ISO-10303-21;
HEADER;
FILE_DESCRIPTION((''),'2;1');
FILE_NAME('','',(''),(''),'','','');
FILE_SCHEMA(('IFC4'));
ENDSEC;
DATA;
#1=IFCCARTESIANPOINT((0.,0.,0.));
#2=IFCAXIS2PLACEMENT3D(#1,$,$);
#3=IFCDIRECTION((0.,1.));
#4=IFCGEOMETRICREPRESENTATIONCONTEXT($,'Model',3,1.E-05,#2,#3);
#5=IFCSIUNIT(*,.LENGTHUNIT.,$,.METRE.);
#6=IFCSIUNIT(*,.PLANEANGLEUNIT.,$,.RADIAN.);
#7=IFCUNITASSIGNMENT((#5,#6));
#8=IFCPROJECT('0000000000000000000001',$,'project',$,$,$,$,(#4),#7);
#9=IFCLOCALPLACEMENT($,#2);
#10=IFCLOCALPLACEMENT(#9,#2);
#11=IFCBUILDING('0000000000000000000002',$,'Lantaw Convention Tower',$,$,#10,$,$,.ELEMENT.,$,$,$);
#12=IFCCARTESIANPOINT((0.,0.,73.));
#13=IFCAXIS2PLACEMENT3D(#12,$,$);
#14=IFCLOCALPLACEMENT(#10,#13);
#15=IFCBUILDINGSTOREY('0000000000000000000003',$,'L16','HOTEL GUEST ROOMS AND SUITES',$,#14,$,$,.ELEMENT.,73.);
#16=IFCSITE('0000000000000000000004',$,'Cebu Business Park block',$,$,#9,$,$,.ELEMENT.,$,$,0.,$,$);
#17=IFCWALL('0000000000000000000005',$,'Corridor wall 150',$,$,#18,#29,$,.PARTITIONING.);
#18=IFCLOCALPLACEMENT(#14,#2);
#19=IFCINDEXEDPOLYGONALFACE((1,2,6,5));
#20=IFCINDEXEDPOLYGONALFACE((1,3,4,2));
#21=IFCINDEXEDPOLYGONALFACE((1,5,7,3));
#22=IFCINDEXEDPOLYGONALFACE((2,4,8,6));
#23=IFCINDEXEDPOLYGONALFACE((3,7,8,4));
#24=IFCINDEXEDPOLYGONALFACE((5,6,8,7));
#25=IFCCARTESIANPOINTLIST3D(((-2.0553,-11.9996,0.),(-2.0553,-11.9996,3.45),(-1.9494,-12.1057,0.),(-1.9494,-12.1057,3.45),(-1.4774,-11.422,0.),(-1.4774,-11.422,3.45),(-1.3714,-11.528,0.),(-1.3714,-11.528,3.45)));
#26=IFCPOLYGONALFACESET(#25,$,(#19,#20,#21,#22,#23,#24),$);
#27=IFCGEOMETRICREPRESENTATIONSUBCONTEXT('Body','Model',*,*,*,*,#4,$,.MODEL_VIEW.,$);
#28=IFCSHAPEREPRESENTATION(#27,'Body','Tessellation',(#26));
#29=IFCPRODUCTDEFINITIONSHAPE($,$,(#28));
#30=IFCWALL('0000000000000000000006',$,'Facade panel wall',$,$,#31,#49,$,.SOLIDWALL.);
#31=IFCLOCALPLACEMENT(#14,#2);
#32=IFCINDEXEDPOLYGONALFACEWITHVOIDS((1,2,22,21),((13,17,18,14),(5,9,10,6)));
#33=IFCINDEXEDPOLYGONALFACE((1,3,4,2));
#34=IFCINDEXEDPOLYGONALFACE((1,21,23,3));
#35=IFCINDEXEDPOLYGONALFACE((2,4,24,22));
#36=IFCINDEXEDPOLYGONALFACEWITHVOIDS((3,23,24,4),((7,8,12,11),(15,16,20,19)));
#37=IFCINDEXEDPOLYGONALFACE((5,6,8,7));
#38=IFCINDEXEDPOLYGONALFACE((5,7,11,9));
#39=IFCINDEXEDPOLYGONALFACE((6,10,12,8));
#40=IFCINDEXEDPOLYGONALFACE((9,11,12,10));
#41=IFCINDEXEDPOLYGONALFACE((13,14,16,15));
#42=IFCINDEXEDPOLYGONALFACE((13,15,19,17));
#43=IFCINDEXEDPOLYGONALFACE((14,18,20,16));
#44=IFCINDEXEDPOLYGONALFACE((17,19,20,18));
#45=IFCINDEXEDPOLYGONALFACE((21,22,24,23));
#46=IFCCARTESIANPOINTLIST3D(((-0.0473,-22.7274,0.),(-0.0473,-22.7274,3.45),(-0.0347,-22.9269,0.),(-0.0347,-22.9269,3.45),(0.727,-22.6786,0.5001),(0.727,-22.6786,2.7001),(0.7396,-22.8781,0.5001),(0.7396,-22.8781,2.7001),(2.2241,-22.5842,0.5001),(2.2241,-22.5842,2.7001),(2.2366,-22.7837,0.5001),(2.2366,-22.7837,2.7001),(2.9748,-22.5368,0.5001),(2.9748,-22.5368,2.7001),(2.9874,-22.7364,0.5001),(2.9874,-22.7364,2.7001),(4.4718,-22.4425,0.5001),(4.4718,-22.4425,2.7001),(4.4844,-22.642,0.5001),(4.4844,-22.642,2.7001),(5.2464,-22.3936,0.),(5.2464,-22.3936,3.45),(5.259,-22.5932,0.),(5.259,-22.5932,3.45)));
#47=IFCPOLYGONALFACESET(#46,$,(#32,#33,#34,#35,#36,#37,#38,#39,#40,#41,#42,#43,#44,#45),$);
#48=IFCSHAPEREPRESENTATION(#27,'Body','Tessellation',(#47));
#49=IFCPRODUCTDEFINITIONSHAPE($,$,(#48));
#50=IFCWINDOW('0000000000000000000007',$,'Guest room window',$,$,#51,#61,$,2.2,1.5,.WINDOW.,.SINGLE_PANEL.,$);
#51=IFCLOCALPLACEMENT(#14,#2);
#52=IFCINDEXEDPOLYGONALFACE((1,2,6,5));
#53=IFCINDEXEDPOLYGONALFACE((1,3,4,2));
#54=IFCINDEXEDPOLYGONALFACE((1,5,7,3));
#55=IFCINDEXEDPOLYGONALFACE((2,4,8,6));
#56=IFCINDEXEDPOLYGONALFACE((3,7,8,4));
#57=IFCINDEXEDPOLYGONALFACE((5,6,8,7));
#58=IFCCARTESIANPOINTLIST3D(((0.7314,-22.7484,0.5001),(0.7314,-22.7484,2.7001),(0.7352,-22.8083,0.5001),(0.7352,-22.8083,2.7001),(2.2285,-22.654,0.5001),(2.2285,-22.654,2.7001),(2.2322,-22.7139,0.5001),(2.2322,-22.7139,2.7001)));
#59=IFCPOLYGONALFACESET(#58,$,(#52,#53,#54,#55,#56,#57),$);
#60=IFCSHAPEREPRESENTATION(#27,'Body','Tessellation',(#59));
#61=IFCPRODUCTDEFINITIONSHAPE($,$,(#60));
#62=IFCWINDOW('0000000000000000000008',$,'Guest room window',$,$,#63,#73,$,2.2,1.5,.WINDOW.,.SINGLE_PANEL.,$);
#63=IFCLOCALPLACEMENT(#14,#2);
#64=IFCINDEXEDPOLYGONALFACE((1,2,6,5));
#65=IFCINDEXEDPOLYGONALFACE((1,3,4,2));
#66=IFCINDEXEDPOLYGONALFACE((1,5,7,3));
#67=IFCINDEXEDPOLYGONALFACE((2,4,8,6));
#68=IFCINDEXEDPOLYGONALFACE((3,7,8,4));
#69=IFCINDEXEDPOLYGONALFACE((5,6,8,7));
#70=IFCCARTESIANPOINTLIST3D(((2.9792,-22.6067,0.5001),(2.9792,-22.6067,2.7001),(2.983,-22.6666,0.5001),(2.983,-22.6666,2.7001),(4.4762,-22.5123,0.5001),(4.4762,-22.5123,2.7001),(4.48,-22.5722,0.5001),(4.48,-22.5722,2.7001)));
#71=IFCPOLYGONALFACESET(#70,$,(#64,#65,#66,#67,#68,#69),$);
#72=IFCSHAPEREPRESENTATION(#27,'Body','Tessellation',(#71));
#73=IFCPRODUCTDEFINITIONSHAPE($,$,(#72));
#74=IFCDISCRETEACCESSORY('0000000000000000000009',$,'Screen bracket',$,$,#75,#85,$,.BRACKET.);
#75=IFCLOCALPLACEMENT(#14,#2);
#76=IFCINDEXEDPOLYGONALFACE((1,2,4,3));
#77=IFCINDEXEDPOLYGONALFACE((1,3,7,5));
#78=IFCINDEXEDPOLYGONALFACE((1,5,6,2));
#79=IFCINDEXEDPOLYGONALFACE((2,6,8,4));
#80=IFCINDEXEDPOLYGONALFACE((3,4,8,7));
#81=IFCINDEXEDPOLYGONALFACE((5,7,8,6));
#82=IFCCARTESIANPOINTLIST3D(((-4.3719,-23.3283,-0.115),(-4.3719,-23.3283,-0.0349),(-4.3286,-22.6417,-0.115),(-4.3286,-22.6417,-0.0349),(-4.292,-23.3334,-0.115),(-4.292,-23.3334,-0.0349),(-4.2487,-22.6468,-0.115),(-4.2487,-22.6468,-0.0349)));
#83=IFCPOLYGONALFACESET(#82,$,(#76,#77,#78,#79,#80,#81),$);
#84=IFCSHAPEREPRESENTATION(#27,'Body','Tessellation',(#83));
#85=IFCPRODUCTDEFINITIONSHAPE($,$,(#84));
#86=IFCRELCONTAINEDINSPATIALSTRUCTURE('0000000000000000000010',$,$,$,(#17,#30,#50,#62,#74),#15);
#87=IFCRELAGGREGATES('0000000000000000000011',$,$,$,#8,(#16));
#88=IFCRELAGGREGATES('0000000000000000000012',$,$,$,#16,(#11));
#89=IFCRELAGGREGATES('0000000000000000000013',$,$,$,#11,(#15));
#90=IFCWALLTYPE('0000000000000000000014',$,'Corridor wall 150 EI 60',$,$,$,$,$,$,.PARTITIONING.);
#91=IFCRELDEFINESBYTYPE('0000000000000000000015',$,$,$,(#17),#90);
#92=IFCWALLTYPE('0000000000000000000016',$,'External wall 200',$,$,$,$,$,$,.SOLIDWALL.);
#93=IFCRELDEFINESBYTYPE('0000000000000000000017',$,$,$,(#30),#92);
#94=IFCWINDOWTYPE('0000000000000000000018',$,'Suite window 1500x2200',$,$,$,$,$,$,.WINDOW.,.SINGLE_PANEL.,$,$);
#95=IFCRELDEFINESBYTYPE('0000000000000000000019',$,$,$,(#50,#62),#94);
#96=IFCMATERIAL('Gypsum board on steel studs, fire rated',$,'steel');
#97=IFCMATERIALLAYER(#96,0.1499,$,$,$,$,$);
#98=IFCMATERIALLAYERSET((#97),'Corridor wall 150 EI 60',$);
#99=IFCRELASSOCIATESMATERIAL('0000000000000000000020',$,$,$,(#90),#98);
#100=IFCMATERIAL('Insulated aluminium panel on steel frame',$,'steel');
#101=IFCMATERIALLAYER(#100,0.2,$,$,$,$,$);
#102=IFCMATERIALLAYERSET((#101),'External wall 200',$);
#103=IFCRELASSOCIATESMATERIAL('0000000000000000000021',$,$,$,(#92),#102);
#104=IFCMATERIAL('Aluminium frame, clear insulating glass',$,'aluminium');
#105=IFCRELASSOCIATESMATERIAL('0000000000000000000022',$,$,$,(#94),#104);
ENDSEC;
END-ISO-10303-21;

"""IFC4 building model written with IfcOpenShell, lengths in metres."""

from ifc_helpers import new_model, si_unit, direction, frame, frame_2d, origin, origin_2d, place, context, subcontext, project, spatial, rectangle, extrude, material, layer, layer_set, type_object, element, fill, save


model = new_model("IFC4")

# Units and contexts
model_context = context("Model", 3, precision=1e-05, world=origin(), true_north=direction((0.0, 1.0)))
body_context = subcontext(model_context, "Body", "Model", "MODEL_VIEW")
ifc_project = project(units=[si_unit("LENGTHUNIT", "METRE"), si_unit("PLANEANGLEUNIT", "RADIAN")], contexts=[model_context])

# Site, building, storey
site_placement = place(None, origin())
site = spatial("IfcSite", under=ifc_project, at=site_placement, Name="Cebu Business Park block", CompositionType="ELEMENT", RefElevation=0.0)
building_placement = place(site_placement, origin())
building = spatial("IfcBuilding", under=site, at=building_placement, Name="Lantaw Convention Tower", CompositionType="ELEMENT")
storey_placement = place(building_placement, frame((0.0, 0.0, 73.0)))
storey = spatial("IfcBuildingStorey", under=building, at=storey_placement, Name="L16", Description="HOTEL GUEST ROOMS AND SUITES", CompositionType="ELEMENT", Elevation=73.0)

# Shared definitions
ifc_material_1 = material(Name="Gypsum board on steel studs, fire rated", Category="steel")
ifc_layer_1 = layer(ifc_material_1, 0.1499)
ifc_layer_set_1 = layer_set([ifc_layer_1], Name="Corridor wall 150 EI 60")
wall_type_1 = type_object("IfcWallType", Name="Corridor wall 150 EI 60", PredefinedType="PARTITIONING", material=ifc_layer_set_1)

# Wall
wall_1_placement = place(storey_placement, frame((-2.0024, -12.0527, 0.0), z_axis=(0.0, 0.0, 1.0), x_axis=(0.707256, 0.706957, 0.0)))
element("IfcWall", 1, at=wall_1_placement, inside=storey, type_object=wall_type_1, Name="Corridor wall 150", PredefinedType="PARTITIONING", context=body_context, shape_type="SweptSolid", body=[
    extrude(rectangle(XDim=0.8171, YDim=0.1499, at=frame_2d((0.4087, 0.0))), origin(), (0.0, 0.0, 1.0), 3.45),
])

# Wall, openings, windows
ifc_material_2 = material(Name="Insulated aluminium panel on steel frame", Category="steel")
ifc_layer_2 = layer(ifc_material_2, 0.2)
ifc_layer_set_2 = layer_set([ifc_layer_2], Name="External wall 200")
wall_type_2 = type_object("IfcWallType", Name="External wall 200", PredefinedType="SOLIDWALL", material=ifc_layer_set_2)
wall_2_placement = place(storey_placement, frame((-0.041, -22.8271, 0.0), z_axis=(0.0, 0.0, 1.0), x_axis=(0.998019, 0.06292, 0.0)))
wall_2 = element("IfcWall", 2, at=wall_2_placement, inside=storey, type_object=wall_type_2, Name="Facade panel wall", PredefinedType="SOLIDWALL", context=body_context, shape_type="SweptSolid", body=[
    extrude(rectangle(XDim=5.3042, YDim=0.2, at=frame_2d((2.6521, 0.0))), origin(), (0.0, 0.0, 1.0), 3.45),
])
opening_1_placement = place(wall_2_placement, frame((0.7759, 0.0, 0.5)))
opening_1 = element("IfcOpeningElement", 3, at=opening_1_placement, cuts=wall_2, PredefinedType="OPENING", context=body_context, shape_type="SweptSolid", body=[
    extrude(rectangle(XDim=1.5, YDim=2.2, at=frame_2d((0.75, 1.1001))), frame((0.0, 0.1099, 0.0), z_axis=(0.0, -1.0, 0.0), x_axis=(1.0, 0.0, 0.0)), (0.0, 0.0, 1.0), 0.22),
])
opening_2_placement = place(wall_2_placement, frame((3.0281, 0.0, 0.5)))
opening_2 = element("IfcOpeningElement", 4, at=opening_2_placement, cuts=wall_2, PredefinedType="OPENING", context=body_context, shape_type="SweptSolid", body=[
    extrude(rectangle(XDim=1.5, YDim=2.2, at=frame_2d((0.75, 1.1001))), frame((0.0, 0.1099, 0.0), z_axis=(0.0, -1.0, 0.0), x_axis=(1.0, 0.0, 0.0)), (0.0, 0.0, 1.0), 0.22),
])
ifc_material_3 = material(Name="Aluminium frame, clear insulating glass", Category="aluminium")
window_type = type_object("IfcWindowType", Name="Suite window 1500x2200", PartitioningType="SINGLE_PANEL", PredefinedType="WINDOW", material=ifc_material_3)
window_1_placement = place(opening_1_placement, origin())
window_1 = element("IfcWindow", 5, at=window_1_placement, inside=storey, type_object=window_type, Name="Guest room window", OverallHeight=2.2, OverallWidth=1.5, PartitioningType="SINGLE_PANEL", PredefinedType="WINDOW", context=body_context, shape_type="SweptSolid", body=[
    extrude(rectangle(XDim=1.5, YDim=2.2, at=frame_2d((0.75, 1.1001))), frame((0.0, 0.03, 0.0), z_axis=(0.0, -1.0, 0.0), x_axis=(1.0, 0.0, 0.0)), (0.0, 0.0, 1.0), 0.0601),
])
fill(opening_1, window_1)
window_2_placement = place(opening_2_placement, origin())
window_2 = element("IfcWindow", 6, at=window_2_placement, inside=storey, type_object=window_type, Name="Guest room window", OverallHeight=2.2, OverallWidth=1.5, PartitioningType="SINGLE_PANEL", PredefinedType="WINDOW", context=body_context, shape_type="SweptSolid", body=[
    extrude(rectangle(XDim=1.5, YDim=2.2, at=frame_2d((0.75, 1.1001))), frame((0.0, 0.03, 0.0), z_axis=(0.0, -1.0, 0.0), x_axis=(1.0, 0.0, 0.0)), (0.0, 0.0, 1.0), 0.0601),
])
fill(opening_2, window_2)

# Discrete accessory
discrete_accessory_placement = place(storey_placement, frame((-4.3103, -22.9875, -0.115), z_axis=(0.0, 0.0, 1.0), x_axis=(0.998016, -0.062958, 0.0)))
element("IfcDiscreteAccessory", 7, at=discrete_accessory_placement, inside=storey, Name="Screen bracket", PredefinedType="BRACKET", context=body_context, shape_type="SweptSolid", body=[
    extrude(rectangle(XDim=0.0801, YDim=0.688, at=origin_2d()), origin(), (0.0, 0.0, 1.0), 0.0801),
])

save(model, "model.ifc")
